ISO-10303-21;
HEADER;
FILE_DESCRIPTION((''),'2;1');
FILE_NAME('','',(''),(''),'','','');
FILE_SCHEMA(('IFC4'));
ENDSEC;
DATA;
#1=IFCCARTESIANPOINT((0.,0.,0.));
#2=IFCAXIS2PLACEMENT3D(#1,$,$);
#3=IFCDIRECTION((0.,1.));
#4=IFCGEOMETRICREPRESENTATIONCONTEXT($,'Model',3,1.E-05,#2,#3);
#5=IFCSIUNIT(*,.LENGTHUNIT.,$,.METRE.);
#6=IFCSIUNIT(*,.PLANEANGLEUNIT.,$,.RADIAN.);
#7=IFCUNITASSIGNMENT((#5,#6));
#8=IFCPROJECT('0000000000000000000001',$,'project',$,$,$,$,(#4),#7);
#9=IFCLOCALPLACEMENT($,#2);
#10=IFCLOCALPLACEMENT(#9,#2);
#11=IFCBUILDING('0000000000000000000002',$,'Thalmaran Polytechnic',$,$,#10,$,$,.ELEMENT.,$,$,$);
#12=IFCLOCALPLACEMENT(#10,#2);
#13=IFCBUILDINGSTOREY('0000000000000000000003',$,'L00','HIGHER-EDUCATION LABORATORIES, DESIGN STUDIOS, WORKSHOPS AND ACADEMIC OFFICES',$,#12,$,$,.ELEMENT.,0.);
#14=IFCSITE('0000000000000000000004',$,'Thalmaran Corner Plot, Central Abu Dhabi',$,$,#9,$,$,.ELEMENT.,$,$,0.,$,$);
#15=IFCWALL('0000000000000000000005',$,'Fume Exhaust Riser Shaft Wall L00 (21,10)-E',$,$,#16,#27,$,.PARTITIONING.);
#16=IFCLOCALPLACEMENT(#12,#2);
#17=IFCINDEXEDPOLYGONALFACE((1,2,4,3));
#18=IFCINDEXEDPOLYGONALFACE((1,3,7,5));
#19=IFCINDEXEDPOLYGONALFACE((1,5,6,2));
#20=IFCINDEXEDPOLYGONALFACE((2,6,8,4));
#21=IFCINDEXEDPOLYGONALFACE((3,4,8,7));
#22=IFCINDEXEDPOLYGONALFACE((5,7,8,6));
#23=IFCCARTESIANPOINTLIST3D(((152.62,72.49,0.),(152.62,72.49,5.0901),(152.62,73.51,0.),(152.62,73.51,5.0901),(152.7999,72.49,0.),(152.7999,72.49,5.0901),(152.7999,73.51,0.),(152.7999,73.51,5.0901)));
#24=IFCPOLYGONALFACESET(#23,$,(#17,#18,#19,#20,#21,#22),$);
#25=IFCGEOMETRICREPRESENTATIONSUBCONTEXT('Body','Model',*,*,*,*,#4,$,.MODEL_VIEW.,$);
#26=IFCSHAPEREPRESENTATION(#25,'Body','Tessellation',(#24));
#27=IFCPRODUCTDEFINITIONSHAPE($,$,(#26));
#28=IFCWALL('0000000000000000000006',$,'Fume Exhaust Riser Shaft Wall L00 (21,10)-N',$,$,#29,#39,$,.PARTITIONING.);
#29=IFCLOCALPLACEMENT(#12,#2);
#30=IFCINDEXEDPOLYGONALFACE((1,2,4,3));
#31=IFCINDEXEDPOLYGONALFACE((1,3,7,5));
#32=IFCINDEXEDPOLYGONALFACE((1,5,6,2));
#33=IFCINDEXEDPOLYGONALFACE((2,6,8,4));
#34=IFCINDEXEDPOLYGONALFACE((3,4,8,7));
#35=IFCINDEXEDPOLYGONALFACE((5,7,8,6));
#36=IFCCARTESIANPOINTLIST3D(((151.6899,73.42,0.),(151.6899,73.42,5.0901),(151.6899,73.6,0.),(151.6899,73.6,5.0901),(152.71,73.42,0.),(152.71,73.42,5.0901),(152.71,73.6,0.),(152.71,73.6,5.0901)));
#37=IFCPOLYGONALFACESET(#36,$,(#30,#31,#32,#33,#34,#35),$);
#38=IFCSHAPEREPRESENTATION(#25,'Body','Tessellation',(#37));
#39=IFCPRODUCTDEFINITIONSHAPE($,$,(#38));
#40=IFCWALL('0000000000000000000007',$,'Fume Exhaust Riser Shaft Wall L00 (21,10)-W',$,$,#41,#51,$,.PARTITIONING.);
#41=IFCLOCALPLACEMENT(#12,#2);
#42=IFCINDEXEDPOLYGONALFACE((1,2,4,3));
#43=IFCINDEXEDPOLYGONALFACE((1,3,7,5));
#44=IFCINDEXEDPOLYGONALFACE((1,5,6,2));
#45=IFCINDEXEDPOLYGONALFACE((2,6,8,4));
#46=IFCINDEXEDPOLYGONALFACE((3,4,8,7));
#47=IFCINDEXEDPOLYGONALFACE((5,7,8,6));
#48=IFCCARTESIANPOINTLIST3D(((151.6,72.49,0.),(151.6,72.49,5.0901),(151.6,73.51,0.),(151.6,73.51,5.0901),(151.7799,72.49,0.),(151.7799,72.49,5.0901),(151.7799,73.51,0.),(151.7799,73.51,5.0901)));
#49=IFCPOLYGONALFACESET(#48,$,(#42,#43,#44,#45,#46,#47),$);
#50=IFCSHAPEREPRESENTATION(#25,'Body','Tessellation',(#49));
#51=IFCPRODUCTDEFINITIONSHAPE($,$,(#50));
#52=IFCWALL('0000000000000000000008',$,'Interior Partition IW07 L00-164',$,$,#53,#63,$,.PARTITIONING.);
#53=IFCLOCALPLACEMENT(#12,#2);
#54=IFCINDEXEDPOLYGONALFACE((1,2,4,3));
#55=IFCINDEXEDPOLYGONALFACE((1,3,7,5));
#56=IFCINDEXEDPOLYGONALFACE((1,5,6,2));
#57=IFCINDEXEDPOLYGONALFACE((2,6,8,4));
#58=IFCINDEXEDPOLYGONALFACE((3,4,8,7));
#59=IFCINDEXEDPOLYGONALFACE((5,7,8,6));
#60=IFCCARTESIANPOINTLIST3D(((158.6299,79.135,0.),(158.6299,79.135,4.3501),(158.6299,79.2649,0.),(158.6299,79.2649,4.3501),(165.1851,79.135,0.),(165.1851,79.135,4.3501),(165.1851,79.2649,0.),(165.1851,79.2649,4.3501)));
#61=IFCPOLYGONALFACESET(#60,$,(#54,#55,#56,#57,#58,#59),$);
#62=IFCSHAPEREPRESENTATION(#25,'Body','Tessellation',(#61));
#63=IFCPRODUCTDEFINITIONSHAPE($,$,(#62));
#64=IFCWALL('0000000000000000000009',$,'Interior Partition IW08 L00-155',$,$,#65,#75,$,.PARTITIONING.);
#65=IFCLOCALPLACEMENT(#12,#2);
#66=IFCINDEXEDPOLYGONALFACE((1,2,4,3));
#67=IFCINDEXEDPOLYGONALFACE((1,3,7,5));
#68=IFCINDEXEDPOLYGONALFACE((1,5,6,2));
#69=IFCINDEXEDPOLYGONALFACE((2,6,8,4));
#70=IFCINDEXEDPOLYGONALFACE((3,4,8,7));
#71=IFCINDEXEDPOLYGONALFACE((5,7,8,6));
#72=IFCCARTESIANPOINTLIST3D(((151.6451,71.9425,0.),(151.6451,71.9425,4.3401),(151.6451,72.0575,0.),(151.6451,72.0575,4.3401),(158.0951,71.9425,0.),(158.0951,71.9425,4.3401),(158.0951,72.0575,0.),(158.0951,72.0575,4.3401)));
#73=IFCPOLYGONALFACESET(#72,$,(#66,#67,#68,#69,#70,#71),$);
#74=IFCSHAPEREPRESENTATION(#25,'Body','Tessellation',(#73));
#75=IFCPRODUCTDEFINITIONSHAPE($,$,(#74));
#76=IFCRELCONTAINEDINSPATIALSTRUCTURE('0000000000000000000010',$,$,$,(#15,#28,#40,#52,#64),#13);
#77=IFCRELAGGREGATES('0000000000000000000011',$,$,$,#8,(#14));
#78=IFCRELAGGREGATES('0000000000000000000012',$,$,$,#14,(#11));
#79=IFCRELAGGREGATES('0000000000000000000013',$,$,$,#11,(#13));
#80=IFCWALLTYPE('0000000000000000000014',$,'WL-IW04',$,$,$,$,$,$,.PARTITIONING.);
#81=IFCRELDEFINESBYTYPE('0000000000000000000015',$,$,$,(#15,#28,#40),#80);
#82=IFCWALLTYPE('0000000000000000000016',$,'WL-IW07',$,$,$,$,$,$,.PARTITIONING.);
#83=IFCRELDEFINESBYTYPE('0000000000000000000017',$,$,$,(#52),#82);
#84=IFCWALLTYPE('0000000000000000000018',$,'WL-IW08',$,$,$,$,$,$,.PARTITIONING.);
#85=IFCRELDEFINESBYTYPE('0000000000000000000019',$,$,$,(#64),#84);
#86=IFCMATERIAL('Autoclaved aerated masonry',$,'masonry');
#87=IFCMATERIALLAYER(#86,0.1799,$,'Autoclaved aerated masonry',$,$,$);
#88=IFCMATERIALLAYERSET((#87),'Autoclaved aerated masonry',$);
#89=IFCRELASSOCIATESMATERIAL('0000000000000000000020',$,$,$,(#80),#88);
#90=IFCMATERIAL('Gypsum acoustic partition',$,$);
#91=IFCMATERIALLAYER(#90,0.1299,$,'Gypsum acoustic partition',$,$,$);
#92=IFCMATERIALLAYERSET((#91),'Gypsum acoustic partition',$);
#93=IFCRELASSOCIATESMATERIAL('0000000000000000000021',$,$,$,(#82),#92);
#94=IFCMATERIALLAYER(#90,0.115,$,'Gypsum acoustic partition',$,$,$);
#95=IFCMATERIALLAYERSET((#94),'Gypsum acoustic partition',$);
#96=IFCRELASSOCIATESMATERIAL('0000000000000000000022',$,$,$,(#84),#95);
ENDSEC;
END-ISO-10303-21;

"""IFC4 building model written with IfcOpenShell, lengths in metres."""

from ifc_helpers import new_model, si_unit, direction, frame, frame_2d, origin, place, context, subcontext, project, spatial, rectangle, extrude, material, layer, layer_set, type_object, element, save


model = new_model("IFC4")

# Units and contexts
model_context = context("Model", 3, precision=1e-05, world=origin(), true_north=direction((0.0, 1.0)))
body_context = subcontext(model_context, "Body", "Model", "MODEL_VIEW")
ifc_project = project(units=[si_unit("LENGTHUNIT", "METRE"), si_unit("PLANEANGLEUNIT", "RADIAN")], contexts=[model_context])

# Site, building, storey
site_placement = place(None, origin())
site = spatial("IfcSite", under=ifc_project, at=site_placement, Name="Thalmaran Corner Plot, Central Abu Dhabi", CompositionType="ELEMENT", RefElevation=0.0)
building_placement = place(site_placement, origin())
building = spatial("IfcBuilding", under=site, at=building_placement, Name="Thalmaran Polytechnic", CompositionType="ELEMENT")
storey_placement = place(building_placement, origin())
storey = spatial("IfcBuildingStorey", under=building, at=storey_placement, Name="L00", Description="HIGHER-EDUCATION LABORATORIES, DESIGN STUDIOS, WORKSHOPS AND ACADEMIC OFFICES", CompositionType="ELEMENT", Elevation=0.0)

# Walls
ifc_material_1 = material(Name="Autoclaved aerated masonry", Category="masonry")
ifc_layer_1 = layer(ifc_material_1, 0.1799, Name="Autoclaved aerated masonry")
ifc_layer_set_1 = layer_set([ifc_layer_1], Name="Autoclaved aerated masonry")
wall_type_1 = type_object("IfcWallType", Name="WL-IW04", PredefinedType="PARTITIONING", material=ifc_layer_set_1)
for number, where, z_axis, x_axis, name in (
    (1, (152.71, 72.49, 0.0), (0.0, 0.0, 1.0), (0.0, 1.0, 0.0), "Fume Exhaust Riser Shaft Wall L00 (21,10)-E"),
    (2, (152.71, 73.51, 0.0), (0.0, 0.0, 1.0), (-1.0, 0.0, 0.0), "Fume Exhaust Riser Shaft Wall L00 (21,10)-N"),
    (3, (151.6899, 73.51, 0.0), (0.0, 0.0, 1.0), (0.0, -1.0, 0.0), "Fume Exhaust Riser Shaft Wall L00 (21,10)-W"),
):
    element("IfcWall", number, at=place(storey_placement, frame(where, z_axis=z_axis, x_axis=x_axis)), inside=storey, type_object=wall_type_1, Name=name, PredefinedType="PARTITIONING", context=body_context, shape_type="SweptSolid", body=[
        extrude(rectangle(XDim=1.02, YDim=0.1799, at=frame_2d((0.51, 0.0))), origin(), (0.0, 0.0, 1.0), 5.0901),
    ])
ifc_material_2 = material(Name="Gypsum acoustic partition")
ifc_layer_2 = layer(ifc_material_2, 0.1299, Name="Gypsum acoustic partition")
ifc_layer_set_2 = layer_set([ifc_layer_2], Name="Gypsum acoustic partition")
wall_type_2 = type_object("IfcWallType", Name="WL-IW07", PredefinedType="PARTITIONING", material=ifc_layer_set_2)
wall_1_placement = place(storey_placement, frame((158.6299, 79.2, 0.0), z_axis=(0.0, 0.0, 1.0), x_axis=(1.0, 0.0, 0.0)))
element("IfcWall", 4, at=wall_1_placement, inside=storey, type_object=wall_type_2, Name="Interior Partition IW07 L00-164", PredefinedType="PARTITIONING", context=body_context, shape_type="SweptSolid", body=[
    extrude(rectangle(XDim=6.5552, YDim=0.1299, at=frame_2d((3.2776, 0.0))), origin(), (0.0, 0.0, 1.0), 4.3501),
])
ifc_layer_3 = layer(ifc_material_2, 0.115, Name="Gypsum acoustic partition")
ifc_layer_set_3 = layer_set([ifc_layer_3], Name="Gypsum acoustic partition")
wall_type_3 = type_object("IfcWallType", Name="WL-IW08", PredefinedType="PARTITIONING", material=ifc_layer_set_3)
wall_2_placement = place(storey_placement, frame((151.645, 72.0, 0.0), z_axis=(0.0, 0.0, 1.0), x_axis=(1.0, 0.0, 0.0)))
element("IfcWall", 5, at=wall_2_placement, inside=storey, type_object=wall_type_3, Name="Interior Partition IW08 L00-155", PredefinedType="PARTITIONING", context=body_context, shape_type="SweptSolid", body=[
    extrude(rectangle(XDim=6.45, YDim=0.115, at=frame_2d((3.2251, 0.0))), origin(), (0.0, 0.0, 1.0), 4.3401),
])

save(model, "model.ifc")
